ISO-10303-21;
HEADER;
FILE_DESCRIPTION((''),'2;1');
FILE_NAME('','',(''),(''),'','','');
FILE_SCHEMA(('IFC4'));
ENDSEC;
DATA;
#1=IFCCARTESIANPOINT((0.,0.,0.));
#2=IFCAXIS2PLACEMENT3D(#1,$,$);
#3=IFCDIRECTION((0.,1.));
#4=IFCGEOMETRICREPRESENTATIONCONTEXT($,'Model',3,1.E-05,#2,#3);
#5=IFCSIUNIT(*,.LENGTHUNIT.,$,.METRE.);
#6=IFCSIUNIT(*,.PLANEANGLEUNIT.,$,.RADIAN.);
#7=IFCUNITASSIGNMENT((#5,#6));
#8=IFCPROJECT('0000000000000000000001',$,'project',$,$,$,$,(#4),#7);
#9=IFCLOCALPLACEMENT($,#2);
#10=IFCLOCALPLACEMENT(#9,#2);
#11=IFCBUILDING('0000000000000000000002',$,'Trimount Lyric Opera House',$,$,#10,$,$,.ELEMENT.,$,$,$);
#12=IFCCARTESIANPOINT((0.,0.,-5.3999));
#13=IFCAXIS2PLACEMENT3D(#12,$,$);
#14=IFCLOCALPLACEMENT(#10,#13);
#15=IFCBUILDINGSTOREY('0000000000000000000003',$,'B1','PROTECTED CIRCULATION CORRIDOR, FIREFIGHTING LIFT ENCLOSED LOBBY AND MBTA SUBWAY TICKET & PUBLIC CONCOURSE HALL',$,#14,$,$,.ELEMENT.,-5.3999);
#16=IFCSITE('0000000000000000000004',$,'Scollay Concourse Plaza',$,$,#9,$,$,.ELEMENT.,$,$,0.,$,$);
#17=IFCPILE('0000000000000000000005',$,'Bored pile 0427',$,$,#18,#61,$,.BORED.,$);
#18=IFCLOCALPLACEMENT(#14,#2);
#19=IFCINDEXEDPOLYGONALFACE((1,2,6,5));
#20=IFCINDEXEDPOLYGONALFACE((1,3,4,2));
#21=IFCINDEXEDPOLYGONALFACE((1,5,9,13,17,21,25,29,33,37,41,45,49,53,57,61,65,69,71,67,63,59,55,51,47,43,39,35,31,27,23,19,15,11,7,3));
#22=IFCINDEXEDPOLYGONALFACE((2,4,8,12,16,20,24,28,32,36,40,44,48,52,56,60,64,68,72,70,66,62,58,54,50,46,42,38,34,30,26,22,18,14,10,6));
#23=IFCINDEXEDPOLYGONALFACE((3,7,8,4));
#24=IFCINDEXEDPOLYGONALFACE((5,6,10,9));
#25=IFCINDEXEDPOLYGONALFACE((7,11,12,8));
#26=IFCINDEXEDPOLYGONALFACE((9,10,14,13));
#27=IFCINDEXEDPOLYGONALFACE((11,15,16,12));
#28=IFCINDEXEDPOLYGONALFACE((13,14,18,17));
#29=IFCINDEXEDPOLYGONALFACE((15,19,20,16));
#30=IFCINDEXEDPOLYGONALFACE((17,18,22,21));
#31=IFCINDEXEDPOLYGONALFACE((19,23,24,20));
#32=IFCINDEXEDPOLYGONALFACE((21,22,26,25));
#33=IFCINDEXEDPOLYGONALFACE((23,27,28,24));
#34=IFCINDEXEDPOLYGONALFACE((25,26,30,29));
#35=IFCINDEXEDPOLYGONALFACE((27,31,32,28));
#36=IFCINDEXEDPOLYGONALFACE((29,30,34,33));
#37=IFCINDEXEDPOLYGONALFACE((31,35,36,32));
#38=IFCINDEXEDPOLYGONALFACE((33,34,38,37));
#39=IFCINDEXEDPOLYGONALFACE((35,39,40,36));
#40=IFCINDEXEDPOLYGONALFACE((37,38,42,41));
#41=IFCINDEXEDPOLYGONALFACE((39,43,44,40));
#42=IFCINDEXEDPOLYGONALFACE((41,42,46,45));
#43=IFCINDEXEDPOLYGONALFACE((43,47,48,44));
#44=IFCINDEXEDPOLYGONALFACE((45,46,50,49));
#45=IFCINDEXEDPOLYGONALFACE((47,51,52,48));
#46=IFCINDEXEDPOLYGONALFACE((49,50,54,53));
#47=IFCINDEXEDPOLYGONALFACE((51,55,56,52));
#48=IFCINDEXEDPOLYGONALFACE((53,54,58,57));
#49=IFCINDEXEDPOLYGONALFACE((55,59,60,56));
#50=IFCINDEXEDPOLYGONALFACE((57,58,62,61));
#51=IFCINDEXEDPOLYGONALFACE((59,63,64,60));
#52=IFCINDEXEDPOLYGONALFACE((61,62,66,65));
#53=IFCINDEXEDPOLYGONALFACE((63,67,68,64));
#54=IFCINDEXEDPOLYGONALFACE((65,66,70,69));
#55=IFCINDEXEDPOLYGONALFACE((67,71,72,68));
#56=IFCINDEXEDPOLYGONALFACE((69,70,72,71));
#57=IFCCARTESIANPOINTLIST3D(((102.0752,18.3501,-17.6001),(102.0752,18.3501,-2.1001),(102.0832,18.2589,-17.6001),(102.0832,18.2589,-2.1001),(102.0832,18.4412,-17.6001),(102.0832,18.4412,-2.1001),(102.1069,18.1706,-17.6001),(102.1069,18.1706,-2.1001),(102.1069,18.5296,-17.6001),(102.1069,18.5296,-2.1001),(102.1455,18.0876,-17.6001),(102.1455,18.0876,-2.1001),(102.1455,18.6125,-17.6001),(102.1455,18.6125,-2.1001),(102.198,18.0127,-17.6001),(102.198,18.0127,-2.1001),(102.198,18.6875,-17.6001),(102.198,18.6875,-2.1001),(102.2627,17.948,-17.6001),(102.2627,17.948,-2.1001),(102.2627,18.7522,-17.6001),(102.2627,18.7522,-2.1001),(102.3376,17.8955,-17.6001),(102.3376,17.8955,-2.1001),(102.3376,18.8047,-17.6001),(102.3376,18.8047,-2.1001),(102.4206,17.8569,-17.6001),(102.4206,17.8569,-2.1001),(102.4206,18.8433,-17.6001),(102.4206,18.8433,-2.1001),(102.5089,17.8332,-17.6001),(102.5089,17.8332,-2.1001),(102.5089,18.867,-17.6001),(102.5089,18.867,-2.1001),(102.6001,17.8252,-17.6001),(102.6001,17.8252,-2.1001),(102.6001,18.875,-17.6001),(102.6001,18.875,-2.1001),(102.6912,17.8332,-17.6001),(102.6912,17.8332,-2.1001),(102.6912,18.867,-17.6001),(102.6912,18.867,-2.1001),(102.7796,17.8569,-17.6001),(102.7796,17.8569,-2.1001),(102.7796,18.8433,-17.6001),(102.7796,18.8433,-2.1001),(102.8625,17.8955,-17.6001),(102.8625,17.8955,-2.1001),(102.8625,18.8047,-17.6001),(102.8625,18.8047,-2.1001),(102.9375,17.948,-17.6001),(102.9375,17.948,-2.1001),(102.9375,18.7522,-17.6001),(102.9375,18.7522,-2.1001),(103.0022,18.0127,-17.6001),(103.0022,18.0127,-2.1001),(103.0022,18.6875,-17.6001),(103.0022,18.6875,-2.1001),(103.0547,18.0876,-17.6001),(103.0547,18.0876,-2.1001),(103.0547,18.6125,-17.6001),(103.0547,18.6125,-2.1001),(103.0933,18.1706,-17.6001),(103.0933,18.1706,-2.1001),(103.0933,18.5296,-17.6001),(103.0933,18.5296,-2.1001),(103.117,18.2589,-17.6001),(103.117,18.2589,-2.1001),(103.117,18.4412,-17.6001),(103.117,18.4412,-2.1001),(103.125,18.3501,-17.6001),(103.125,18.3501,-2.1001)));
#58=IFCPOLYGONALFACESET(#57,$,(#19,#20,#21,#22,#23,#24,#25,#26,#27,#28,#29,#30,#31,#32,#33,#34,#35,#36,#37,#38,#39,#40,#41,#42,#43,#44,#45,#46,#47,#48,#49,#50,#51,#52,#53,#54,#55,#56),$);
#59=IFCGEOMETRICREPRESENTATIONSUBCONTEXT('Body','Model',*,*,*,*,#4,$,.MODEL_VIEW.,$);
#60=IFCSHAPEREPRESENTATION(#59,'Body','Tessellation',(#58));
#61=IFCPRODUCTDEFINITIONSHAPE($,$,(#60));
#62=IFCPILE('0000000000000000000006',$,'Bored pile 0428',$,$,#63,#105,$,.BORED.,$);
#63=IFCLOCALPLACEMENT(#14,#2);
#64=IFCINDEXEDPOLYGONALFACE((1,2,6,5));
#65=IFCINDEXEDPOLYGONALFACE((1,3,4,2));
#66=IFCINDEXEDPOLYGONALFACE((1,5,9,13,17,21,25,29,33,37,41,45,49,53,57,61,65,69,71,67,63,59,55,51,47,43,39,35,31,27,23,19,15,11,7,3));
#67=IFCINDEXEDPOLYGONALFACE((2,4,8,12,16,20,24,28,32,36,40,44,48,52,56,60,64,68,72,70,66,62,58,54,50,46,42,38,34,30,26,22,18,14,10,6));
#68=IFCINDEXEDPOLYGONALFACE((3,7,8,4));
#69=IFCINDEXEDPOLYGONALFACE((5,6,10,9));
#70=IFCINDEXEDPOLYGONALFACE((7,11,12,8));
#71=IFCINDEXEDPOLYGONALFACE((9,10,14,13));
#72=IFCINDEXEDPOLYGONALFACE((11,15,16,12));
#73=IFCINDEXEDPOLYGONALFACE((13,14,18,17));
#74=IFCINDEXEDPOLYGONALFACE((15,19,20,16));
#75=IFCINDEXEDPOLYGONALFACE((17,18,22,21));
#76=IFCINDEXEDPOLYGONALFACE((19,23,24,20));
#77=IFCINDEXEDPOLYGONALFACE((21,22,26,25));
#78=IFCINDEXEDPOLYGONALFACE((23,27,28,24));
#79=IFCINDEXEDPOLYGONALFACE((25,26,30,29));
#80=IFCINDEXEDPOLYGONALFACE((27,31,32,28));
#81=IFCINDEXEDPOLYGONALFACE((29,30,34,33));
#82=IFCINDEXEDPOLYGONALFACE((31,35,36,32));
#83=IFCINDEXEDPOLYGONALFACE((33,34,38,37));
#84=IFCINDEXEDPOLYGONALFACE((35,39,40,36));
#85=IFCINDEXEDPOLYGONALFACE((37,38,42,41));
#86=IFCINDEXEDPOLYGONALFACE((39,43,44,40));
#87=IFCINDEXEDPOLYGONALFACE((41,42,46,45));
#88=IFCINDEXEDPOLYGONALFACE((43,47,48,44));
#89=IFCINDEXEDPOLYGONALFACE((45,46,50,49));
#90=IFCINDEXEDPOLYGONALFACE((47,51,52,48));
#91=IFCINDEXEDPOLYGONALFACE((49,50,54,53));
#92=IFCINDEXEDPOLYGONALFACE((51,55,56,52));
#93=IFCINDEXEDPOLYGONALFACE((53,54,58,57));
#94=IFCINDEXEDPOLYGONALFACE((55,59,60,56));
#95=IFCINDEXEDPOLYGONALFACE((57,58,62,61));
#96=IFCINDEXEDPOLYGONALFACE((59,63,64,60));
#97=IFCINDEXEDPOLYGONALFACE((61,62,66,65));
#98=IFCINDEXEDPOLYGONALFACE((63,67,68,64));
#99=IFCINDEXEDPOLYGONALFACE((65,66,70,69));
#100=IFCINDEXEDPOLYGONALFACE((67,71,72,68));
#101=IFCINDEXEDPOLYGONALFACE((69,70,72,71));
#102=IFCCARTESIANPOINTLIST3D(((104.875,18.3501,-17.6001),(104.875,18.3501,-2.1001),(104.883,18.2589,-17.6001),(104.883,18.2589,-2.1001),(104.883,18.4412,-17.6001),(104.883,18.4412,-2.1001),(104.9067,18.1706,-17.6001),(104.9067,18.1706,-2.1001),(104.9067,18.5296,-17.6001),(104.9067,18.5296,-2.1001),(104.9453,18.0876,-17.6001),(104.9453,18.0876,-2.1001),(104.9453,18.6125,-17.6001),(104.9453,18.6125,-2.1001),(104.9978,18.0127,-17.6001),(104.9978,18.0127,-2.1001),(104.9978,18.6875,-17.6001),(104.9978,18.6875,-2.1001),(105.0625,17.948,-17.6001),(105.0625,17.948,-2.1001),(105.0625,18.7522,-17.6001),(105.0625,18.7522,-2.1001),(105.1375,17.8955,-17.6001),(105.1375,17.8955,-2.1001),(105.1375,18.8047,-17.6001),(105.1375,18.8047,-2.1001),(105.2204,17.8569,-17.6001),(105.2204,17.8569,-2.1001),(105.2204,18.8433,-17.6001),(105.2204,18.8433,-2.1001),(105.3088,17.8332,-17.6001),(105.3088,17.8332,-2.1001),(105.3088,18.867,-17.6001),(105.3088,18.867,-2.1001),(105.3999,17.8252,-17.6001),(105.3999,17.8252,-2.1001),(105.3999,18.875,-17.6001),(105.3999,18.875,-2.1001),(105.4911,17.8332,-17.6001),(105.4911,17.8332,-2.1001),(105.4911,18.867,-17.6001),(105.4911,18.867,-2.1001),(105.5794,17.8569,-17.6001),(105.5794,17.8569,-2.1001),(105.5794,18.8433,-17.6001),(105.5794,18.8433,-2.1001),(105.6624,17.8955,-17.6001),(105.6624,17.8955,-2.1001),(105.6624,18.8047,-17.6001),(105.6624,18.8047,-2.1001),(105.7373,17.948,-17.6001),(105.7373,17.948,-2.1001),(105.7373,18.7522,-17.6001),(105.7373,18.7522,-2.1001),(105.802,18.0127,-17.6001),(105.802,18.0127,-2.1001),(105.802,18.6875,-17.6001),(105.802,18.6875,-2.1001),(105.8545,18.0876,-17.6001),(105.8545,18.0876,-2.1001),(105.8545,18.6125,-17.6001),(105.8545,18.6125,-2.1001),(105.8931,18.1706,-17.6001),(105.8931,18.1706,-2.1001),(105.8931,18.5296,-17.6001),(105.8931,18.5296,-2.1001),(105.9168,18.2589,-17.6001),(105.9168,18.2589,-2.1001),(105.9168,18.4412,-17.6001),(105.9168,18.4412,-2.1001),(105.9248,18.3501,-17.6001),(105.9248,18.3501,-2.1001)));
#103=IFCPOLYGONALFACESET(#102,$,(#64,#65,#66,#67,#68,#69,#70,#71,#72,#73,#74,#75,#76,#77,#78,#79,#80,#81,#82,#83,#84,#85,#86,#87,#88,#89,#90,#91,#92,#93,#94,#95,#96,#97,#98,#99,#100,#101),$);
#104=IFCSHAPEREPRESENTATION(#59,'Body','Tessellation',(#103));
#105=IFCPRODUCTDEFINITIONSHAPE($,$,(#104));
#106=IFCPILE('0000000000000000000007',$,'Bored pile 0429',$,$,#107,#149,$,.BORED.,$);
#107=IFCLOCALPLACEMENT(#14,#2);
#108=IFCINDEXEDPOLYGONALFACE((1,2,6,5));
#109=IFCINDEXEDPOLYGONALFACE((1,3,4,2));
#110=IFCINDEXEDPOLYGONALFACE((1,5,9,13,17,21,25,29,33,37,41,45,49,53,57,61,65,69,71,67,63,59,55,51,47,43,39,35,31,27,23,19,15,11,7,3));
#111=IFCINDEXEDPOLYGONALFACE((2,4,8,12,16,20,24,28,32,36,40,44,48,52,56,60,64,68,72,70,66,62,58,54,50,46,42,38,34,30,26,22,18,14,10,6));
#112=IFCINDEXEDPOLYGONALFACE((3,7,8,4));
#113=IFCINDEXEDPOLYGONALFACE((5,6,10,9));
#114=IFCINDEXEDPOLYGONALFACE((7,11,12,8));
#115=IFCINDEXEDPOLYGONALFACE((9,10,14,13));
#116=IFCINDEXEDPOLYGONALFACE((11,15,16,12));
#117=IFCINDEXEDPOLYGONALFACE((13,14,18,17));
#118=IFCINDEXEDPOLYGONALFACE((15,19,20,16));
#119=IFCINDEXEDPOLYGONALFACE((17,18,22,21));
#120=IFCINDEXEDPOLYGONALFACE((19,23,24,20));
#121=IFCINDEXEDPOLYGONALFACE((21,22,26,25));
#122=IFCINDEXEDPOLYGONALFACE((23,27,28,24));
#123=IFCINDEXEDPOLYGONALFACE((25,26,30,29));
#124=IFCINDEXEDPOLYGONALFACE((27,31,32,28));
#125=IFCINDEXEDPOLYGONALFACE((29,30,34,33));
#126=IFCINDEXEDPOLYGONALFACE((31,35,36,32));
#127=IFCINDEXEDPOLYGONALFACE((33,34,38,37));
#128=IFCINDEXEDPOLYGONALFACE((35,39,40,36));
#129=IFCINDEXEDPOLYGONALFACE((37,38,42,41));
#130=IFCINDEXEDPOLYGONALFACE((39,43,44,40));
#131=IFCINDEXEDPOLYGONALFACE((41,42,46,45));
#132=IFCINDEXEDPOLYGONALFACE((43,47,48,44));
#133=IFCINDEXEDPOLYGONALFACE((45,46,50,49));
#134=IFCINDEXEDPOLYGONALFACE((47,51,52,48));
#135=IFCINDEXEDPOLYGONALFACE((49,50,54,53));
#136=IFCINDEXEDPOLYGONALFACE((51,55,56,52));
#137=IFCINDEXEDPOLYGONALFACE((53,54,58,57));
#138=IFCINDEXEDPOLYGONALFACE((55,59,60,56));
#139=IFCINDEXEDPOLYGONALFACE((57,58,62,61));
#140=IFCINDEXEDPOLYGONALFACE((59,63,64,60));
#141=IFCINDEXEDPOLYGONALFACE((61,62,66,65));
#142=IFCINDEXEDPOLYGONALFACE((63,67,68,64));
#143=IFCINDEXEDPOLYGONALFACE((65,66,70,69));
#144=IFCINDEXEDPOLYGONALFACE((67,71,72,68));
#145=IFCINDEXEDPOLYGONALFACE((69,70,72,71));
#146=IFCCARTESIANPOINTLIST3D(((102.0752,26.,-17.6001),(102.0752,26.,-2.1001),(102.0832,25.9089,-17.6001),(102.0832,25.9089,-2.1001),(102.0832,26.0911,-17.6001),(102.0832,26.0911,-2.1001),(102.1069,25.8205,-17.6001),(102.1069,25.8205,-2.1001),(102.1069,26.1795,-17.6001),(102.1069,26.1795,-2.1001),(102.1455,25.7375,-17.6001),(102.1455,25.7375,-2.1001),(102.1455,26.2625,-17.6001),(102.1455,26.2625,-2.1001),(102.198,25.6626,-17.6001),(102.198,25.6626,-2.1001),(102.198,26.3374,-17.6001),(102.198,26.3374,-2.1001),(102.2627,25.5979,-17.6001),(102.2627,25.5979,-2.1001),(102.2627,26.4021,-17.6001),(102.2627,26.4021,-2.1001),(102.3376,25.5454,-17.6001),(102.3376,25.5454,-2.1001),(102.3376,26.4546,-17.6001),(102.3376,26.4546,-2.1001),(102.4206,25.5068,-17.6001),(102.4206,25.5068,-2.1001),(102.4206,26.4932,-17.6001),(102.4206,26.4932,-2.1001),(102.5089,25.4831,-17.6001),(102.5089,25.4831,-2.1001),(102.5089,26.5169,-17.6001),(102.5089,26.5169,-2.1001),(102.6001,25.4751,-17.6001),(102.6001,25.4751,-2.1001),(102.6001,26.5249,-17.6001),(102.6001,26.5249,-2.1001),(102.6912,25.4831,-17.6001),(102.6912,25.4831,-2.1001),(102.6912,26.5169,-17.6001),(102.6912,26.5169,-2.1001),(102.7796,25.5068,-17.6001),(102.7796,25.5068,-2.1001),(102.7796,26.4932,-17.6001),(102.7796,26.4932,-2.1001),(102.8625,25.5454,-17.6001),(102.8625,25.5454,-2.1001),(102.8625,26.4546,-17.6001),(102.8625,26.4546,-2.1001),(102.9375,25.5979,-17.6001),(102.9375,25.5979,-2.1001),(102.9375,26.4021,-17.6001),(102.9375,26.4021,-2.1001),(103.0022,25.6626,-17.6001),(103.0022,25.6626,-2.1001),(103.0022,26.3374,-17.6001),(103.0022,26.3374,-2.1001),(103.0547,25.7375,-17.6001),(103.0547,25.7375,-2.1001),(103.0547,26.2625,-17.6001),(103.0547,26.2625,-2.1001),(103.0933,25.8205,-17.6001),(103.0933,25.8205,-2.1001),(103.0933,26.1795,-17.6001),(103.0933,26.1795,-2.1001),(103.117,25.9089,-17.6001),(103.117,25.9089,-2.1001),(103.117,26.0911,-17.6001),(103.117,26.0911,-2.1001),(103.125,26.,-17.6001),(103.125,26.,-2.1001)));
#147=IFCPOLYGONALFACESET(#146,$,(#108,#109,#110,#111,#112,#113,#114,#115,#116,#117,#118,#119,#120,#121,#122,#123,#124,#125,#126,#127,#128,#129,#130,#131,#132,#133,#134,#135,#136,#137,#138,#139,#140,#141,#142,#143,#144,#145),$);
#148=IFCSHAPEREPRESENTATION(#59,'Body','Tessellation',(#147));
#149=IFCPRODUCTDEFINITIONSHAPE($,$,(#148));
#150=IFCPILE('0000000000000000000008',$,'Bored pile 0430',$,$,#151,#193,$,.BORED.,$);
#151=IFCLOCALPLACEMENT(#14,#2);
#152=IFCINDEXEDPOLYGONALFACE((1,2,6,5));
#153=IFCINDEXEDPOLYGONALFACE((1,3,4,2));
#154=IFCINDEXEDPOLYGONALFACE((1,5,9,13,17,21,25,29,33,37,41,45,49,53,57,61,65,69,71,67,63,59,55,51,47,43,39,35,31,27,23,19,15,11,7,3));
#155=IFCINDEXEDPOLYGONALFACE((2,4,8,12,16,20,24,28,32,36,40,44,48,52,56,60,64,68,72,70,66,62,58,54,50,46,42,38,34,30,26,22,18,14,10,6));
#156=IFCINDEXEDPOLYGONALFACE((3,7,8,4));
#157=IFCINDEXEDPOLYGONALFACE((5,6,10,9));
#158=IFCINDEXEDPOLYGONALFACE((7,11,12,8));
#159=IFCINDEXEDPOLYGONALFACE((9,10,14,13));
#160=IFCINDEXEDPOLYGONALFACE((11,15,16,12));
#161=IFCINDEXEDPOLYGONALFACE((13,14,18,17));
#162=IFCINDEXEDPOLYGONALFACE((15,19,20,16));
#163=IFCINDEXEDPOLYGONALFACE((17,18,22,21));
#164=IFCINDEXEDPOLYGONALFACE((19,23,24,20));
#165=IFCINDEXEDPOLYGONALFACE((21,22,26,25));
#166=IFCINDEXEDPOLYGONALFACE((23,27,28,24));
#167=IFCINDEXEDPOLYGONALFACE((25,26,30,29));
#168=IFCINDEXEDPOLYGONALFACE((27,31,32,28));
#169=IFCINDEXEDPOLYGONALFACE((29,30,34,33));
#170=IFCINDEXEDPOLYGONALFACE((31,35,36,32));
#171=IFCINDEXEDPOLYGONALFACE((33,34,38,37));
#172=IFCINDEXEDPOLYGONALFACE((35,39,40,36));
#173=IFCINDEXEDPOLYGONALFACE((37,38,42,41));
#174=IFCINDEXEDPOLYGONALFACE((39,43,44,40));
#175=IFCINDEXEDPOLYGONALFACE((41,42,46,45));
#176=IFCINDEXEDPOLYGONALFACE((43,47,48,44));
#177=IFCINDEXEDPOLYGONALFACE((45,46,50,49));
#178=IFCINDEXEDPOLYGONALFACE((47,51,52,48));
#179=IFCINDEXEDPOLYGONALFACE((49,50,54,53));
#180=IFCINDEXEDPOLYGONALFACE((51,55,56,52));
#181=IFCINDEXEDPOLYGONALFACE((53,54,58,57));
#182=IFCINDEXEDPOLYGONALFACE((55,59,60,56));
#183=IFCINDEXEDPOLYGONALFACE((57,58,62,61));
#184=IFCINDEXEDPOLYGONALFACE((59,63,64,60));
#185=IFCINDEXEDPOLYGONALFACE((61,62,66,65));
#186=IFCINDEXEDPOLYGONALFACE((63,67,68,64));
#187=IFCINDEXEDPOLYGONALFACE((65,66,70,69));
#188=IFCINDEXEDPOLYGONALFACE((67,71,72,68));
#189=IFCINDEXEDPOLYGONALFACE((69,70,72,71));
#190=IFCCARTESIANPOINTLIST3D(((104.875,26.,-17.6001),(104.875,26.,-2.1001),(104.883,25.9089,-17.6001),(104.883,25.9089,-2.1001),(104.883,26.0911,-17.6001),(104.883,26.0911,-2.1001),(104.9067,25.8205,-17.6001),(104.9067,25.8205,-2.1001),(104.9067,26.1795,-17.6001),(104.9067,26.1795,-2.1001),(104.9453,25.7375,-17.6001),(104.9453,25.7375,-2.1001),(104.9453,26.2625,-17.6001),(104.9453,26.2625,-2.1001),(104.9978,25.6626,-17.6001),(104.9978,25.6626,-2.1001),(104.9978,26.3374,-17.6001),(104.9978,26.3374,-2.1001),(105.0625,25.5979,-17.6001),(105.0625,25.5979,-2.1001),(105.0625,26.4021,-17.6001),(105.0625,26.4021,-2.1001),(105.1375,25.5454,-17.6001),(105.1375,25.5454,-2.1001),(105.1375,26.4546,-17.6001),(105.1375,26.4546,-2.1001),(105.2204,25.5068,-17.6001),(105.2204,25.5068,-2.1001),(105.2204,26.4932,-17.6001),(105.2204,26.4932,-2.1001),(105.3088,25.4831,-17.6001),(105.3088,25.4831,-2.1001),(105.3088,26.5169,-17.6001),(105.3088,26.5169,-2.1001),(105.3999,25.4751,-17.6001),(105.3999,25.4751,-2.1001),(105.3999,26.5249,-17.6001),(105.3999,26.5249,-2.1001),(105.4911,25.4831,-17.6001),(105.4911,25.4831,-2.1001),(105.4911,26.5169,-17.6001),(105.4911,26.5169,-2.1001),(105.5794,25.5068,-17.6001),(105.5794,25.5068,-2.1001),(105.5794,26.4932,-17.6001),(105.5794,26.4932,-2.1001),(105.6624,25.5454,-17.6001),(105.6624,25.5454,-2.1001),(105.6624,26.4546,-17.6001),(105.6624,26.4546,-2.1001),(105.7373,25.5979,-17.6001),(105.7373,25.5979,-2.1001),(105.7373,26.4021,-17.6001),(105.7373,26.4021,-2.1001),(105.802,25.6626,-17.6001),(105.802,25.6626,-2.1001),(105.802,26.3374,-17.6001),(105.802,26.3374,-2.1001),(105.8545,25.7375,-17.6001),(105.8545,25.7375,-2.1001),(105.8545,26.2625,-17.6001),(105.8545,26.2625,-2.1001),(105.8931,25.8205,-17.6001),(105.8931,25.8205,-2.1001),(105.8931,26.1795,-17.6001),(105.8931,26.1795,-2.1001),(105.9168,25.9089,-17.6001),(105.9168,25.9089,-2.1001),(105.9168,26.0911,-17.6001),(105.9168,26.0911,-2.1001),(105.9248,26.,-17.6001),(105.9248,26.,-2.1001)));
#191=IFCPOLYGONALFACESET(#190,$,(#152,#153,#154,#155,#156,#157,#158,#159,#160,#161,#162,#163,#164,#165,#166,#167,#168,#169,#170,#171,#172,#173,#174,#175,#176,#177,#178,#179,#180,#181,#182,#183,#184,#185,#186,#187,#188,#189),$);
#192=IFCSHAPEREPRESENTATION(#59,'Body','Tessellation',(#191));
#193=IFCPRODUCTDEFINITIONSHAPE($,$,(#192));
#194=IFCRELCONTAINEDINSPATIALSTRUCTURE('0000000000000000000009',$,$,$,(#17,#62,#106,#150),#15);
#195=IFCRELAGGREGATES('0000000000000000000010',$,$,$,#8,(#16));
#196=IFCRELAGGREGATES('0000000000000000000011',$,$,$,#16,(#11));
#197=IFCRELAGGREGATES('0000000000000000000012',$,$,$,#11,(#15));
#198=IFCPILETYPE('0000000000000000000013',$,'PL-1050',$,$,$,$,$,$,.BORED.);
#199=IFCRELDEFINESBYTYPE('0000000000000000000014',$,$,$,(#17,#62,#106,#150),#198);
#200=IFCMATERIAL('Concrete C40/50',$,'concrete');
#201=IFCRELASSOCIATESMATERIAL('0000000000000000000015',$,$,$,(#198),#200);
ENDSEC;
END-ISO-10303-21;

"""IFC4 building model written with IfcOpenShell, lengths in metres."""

from ifc_helpers import new_model, si_unit, direction, frame, origin, origin_2d, place, context, subcontext, project, spatial, circle, extrude, material, material_profile, profile_set, type_object, element, save


model = new_model("IFC4")

# Units and contexts
model_context = context("Model", 3, precision=1e-05, world=origin(), true_north=direction((0.0, 1.0)))
body_context = subcontext(model_context, "Body", "Model", "MODEL_VIEW")
ifc_project = project(units=[si_unit("LENGTHUNIT", "METRE"), si_unit("PLANEANGLEUNIT", "RADIAN")], contexts=[model_context])

# Site, building, storey
site_placement = place(None, origin())
site = spatial("IfcSite", under=ifc_project, at=site_placement, Name="Scollay Concourse Plaza", CompositionType="ELEMENT", RefElevation=0.0)
building_placement = place(site_placement, origin())
building = spatial("IfcBuilding", under=site, at=building_placement, Name="Trimount Lyric Opera House", CompositionType="ELEMENT")
storey_placement = place(building_placement, frame((0.0, 0.0, -5.3999)))
storey = spatial("IfcBuildingStorey", under=building, at=storey_placement, Name="B1", Description="PROTECTED CIRCULATION CORRIDOR, FIREFIGHTING LIFT ENCLOSED LOBBY AND MBTA SUBWAY TICKET & PUBLIC CONCOURSE HALL", CompositionType="ELEMENT", Elevation=-5.3999)

# Piles
ifc_material_1 = material(Name="Concrete C40/50", Category="concrete")
ifc_material_profile_1 = material_profile(ifc_material_1, circle(Radius=0.5249, at=origin_2d()), Name="PILE-D1050")
ifc_profile_set_1 = profile_set([ifc_material_profile_1], Name="Concrete C40/50")
pile_type_1 = type_object("IfcPileType", Name="PL-1050", PredefinedType="BORED", material=ifc_profile_set_1)
for number, where, z_axis, x_axis, name in (
    (1, (102.6001, 18.3501, -2.1001), (0.0, 0.0, -1.0), (1.0, 0.0, 0.0), "Bored pile 0427"),
    (2, (105.3999, 18.3501, -2.1001), (0.0, 0.0, -1.0), (1.0, 0.0, 0.0), "Bored pile 0428"),
    (3, (102.6001, 26.0, -2.1001), (0.0, 0.0, -1.0), (1.0, 0.0, 0.0), "Bored pile 0429"),
    (4, (105.3999, 26.0, -2.1001), (0.0, 0.0, -1.0), (1.0, 0.0, 0.0), "Bored pile 0430"),
):
    element("IfcPile", number, at=place(storey_placement, frame(where, z_axis=z_axis, x_axis=x_axis)), inside=storey, type_object=pile_type_1, Name=name, PredefinedType="BORED", context=body_context, shape_type="SweptSolid", body=[
        extrude(circle(Radius=0.5249, at=origin_2d()), origin(), (0.0, 0.0, 1.0), 15.5),
    ])

save(model, "model.ifc")
